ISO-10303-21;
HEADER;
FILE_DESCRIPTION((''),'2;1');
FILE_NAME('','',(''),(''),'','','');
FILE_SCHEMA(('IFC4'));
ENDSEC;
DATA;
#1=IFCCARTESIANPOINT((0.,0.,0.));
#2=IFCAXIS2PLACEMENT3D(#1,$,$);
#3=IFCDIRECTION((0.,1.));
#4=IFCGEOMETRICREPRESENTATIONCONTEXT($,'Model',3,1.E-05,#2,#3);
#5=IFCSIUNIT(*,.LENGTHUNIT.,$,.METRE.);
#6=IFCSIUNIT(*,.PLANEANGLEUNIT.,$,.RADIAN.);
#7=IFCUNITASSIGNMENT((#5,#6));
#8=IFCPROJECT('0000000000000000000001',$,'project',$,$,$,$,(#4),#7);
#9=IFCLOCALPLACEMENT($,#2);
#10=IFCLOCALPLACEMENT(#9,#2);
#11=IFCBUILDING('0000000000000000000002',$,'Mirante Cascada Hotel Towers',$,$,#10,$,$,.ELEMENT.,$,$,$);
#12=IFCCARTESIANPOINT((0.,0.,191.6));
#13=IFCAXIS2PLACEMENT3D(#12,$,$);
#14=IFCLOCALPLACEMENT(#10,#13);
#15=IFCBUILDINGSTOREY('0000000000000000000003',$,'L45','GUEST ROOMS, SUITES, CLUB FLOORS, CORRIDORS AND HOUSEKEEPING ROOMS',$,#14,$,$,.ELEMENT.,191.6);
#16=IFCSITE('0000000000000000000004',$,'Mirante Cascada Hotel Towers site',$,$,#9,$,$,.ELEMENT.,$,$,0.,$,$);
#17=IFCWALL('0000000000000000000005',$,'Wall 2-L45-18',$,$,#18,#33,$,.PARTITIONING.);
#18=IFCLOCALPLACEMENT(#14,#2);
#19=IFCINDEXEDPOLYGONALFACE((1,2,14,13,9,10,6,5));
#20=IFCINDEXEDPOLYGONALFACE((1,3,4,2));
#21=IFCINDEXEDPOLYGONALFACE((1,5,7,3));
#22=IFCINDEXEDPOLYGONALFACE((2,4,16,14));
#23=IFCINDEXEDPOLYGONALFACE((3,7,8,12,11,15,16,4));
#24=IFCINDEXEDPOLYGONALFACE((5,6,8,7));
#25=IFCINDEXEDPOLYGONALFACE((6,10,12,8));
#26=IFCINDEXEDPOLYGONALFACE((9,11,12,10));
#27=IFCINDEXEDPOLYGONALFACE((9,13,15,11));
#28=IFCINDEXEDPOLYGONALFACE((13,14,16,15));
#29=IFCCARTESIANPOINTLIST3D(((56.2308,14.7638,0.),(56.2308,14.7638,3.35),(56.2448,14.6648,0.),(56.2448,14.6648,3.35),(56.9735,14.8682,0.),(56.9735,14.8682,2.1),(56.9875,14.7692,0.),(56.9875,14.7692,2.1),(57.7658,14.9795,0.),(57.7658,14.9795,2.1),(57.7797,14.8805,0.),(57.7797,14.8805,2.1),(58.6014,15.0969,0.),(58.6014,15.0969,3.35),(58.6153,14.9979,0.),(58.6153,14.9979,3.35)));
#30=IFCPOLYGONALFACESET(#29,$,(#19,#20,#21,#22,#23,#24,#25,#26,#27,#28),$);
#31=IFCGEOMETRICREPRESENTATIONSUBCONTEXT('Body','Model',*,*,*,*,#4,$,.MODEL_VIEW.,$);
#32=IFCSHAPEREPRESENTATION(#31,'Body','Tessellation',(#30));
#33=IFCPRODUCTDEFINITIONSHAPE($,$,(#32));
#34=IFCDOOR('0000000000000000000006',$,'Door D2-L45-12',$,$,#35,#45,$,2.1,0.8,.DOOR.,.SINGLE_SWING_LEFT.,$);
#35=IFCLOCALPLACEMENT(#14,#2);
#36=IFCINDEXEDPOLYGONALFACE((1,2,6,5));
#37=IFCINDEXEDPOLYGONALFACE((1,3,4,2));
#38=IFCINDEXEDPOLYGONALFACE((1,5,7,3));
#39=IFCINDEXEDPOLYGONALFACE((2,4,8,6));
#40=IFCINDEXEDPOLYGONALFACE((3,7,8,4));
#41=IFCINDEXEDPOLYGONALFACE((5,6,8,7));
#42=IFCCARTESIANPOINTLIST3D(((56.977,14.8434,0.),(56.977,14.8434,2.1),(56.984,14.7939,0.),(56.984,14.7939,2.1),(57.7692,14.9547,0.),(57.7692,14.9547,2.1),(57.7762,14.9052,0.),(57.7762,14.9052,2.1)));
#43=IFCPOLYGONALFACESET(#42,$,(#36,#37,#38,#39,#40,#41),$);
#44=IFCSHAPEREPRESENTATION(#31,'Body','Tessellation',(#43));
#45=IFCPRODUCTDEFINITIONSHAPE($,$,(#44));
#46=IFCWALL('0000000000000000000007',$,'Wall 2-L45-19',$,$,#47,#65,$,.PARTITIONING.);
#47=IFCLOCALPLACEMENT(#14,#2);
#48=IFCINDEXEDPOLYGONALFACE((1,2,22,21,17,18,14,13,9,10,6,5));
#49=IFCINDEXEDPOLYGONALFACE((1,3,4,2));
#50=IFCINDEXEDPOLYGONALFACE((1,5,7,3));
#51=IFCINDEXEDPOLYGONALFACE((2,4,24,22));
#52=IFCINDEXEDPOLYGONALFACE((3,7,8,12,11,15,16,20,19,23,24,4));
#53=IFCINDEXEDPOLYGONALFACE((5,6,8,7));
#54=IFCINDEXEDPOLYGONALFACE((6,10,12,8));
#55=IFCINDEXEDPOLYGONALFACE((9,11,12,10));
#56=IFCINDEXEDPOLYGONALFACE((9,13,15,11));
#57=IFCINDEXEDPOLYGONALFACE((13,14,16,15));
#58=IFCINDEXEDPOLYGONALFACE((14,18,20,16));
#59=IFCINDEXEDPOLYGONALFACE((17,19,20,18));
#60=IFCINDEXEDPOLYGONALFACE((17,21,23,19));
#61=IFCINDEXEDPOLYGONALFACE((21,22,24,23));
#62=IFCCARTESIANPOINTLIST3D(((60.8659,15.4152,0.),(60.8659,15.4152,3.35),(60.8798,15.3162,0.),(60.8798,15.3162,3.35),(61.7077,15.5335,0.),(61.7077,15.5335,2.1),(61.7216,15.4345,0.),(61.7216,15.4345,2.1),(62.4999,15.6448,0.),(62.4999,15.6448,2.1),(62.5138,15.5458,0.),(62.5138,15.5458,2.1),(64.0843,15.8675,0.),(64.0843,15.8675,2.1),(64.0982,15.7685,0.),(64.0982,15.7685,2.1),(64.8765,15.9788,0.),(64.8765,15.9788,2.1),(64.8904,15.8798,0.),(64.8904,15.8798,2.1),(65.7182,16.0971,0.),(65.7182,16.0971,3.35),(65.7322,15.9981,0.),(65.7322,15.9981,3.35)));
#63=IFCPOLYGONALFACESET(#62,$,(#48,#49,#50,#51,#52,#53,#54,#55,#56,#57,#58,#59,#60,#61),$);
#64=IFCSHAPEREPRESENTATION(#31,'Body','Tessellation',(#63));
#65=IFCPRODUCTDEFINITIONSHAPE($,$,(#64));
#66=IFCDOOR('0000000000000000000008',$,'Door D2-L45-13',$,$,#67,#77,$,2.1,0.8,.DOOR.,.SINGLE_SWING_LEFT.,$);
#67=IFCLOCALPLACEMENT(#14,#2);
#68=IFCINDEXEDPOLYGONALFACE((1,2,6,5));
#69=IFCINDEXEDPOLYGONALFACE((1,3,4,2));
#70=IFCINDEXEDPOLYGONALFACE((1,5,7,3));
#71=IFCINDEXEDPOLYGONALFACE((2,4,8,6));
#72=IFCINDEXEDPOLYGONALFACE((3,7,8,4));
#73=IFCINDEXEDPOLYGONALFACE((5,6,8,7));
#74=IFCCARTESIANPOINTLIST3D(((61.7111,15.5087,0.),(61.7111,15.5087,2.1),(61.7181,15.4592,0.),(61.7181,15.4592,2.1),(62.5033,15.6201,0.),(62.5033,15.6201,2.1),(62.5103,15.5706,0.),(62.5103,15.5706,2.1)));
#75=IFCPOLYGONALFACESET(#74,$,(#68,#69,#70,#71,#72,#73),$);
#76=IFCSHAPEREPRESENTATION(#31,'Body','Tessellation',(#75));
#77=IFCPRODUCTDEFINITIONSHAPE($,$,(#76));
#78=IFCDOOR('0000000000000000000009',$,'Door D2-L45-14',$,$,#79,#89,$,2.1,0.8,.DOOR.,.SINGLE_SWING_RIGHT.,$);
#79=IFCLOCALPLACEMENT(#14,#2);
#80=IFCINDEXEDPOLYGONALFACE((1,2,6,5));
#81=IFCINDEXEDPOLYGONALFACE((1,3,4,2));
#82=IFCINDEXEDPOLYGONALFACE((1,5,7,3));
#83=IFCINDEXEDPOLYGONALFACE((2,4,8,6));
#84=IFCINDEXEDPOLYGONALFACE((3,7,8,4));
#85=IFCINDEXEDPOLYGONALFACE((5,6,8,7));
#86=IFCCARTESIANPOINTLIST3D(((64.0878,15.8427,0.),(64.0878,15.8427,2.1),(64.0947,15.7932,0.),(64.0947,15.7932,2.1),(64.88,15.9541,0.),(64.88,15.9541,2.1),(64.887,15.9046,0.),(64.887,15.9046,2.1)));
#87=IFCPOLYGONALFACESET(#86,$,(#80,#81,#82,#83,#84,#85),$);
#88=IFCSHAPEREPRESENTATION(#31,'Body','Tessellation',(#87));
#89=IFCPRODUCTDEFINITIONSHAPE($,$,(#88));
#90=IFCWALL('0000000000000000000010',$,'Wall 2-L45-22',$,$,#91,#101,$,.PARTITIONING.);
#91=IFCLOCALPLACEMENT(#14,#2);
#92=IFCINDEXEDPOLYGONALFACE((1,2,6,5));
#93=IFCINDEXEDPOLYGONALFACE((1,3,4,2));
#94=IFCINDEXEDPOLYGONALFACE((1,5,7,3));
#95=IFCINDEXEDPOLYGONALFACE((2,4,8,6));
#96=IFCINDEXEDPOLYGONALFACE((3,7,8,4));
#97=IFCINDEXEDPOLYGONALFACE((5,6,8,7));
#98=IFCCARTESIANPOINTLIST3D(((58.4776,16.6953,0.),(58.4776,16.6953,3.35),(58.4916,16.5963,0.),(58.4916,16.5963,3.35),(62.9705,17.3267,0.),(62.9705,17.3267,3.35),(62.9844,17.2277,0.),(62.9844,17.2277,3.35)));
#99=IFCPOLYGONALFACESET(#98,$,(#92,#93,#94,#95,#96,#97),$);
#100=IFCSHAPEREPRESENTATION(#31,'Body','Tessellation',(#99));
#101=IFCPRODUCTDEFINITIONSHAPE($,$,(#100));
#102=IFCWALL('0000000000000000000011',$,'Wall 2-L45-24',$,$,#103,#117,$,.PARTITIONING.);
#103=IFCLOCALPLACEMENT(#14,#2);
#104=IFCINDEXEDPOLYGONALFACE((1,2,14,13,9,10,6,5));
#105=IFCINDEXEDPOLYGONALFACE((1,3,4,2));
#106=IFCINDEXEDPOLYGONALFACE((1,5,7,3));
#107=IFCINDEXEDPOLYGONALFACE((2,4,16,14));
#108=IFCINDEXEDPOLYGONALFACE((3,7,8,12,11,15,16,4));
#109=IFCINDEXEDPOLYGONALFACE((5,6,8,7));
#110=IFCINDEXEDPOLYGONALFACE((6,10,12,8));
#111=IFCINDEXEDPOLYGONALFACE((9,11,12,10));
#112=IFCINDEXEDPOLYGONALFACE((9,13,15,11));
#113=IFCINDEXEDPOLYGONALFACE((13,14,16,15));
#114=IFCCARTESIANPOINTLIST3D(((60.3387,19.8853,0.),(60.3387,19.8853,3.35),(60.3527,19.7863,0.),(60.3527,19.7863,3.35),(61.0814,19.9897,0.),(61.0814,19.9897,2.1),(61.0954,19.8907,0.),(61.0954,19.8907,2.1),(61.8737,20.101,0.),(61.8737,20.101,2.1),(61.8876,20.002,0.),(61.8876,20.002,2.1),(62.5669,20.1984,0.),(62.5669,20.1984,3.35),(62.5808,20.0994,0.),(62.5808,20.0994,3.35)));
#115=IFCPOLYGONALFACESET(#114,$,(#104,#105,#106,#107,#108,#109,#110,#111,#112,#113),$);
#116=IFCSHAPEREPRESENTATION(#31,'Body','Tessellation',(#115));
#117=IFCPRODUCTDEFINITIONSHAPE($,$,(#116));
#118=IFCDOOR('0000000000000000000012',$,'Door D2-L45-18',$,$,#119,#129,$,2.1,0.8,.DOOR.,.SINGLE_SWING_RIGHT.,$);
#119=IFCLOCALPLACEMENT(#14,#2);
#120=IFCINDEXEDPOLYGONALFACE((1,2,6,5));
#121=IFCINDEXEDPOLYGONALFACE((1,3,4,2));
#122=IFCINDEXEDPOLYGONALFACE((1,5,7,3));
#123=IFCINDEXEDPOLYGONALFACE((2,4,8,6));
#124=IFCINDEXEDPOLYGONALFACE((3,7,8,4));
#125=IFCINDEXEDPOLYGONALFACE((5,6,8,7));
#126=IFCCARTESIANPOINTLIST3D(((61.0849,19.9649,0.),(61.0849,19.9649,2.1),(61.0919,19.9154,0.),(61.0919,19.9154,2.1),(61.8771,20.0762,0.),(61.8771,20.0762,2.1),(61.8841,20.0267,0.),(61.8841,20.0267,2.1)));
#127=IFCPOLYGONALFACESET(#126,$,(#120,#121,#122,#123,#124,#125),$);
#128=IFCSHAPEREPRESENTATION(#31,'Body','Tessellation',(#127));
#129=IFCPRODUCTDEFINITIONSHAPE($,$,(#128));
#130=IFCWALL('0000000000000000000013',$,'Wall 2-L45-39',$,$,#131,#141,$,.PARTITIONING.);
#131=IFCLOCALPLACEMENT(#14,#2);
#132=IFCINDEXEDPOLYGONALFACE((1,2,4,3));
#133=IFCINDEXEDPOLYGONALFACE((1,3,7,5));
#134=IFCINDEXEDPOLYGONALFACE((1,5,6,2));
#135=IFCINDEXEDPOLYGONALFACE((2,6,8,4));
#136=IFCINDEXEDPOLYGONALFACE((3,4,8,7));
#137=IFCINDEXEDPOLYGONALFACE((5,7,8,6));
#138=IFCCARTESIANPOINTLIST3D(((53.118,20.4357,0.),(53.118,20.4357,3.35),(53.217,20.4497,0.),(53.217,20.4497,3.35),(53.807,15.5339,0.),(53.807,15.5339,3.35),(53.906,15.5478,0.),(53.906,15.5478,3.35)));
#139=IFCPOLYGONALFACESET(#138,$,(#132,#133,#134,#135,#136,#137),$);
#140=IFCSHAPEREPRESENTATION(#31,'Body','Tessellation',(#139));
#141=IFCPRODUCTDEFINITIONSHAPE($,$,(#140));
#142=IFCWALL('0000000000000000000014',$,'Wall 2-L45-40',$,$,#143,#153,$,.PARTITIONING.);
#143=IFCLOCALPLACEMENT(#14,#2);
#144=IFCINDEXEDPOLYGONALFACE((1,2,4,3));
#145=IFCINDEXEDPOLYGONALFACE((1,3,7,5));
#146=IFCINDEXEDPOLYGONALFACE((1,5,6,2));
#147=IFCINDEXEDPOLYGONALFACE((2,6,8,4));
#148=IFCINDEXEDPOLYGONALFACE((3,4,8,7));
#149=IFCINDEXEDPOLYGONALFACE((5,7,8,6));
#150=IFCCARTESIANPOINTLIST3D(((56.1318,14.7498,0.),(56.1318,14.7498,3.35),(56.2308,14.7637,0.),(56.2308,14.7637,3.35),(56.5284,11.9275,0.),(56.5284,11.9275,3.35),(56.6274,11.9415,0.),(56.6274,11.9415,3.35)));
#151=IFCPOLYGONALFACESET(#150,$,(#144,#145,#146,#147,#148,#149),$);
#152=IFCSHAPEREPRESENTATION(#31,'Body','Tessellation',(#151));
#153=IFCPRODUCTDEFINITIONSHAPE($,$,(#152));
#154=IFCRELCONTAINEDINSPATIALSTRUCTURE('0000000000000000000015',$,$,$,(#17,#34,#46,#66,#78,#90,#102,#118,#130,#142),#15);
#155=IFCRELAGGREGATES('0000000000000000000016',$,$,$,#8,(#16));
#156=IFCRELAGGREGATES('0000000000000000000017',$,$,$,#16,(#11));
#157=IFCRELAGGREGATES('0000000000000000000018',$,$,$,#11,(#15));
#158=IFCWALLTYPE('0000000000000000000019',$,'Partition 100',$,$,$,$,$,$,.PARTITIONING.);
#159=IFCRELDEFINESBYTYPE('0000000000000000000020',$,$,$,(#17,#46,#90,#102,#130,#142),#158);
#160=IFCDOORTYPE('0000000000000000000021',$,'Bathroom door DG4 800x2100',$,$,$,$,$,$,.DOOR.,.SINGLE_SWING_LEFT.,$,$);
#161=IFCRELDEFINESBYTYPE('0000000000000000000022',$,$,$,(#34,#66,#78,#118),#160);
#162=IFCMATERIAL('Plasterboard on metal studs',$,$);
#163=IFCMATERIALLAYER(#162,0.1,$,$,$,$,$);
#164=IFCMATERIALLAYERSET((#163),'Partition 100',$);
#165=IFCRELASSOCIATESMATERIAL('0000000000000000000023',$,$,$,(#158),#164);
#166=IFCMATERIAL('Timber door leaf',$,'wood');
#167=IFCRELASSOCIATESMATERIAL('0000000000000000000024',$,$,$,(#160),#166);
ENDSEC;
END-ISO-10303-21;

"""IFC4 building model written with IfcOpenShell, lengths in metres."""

from ifc_helpers import new_model, si_unit, direction, frame, frame_2d, origin, place, context, subcontext, project, spatial, rectangle, extrude, material, layer, layer_set, type_object, element, fill, save


model = new_model("IFC4")

# Units and contexts
model_context = context("Model", 3, precision=1e-05, world=origin(), true_north=direction((0.0, 1.0)))
body_context = subcontext(model_context, "Body", "Model", "MODEL_VIEW")
ifc_project = project(units=[si_unit("LENGTHUNIT", "METRE"), si_unit("PLANEANGLEUNIT", "RADIAN")], contexts=[model_context])

# Site, building, storey
site_placement = place(None, origin())
site = spatial("IfcSite", under=ifc_project, at=site_placement, Name="Mirante Cascada Hotel Towers site", CompositionType="ELEMENT", RefElevation=0.0)
building_placement = place(site_placement, origin())
building = spatial("IfcBuilding", under=site, at=building_placement, Name="Mirante Cascada Hotel Towers", CompositionType="ELEMENT")
storey_placement = place(building_placement, frame((0.0, 0.0, 191.6)))
storey = spatial("IfcBuildingStorey", under=building, at=storey_placement, Name="L45", Description="GUEST ROOMS, SUITES, CLUB FLOORS, CORRIDORS AND HOUSEKEEPING ROOMS", CompositionType="ELEMENT", Elevation=191.6)

# Wall, opening, door
ifc_material_1 = material(Name="Plasterboard on metal studs")
ifc_layer_1 = layer(ifc_material_1, 0.1)
ifc_layer_set_1 = layer_set([ifc_layer_1], Name="Partition 100")
wall_type_1 = type_object("IfcWallType", Name="Partition 100", PredefinedType="PARTITIONING", material=ifc_layer_set_1)
wall_1_placement = place(storey_placement, frame((56.2378, 14.7143, 0.0), z_axis=(0.0, 0.0, 1.0), x_axis=(0.990271, 0.139152, 0.0)))
wall_1 = element("IfcWall", 1, at=wall_1_placement, inside=storey, type_object=wall_type_1, Name="Wall 2-L45-18", PredefinedType="PARTITIONING", context=body_context, shape_type="SweptSolid", body=[
    extrude(rectangle(XDim=2.3938, YDim=0.1, at=frame_2d((1.1969, 0.0))), origin(), (0.0, 0.0, 1.0), 3.35),
])
opening_1_placement = place(wall_1_placement, frame((0.75, 0.0, 0.0)))
opening_1 = element("IfcOpeningElement", 2, at=opening_1_placement, cuts=wall_1, PredefinedType="OPENING", context=body_context, shape_type="SweptSolid", body=[
    extrude(rectangle(XDim=0.8, YDim=2.1, at=frame_2d((0.4, 1.05))), frame((0.0, 0.05, 0.0), z_axis=(0.0, -1.0, 0.0), x_axis=(1.0, 0.0, 0.0)), (0.0, 0.0, 1.0), 0.1),
])
ifc_material_2 = material(Name="Timber door leaf", Category="wood")
door_type_1 = type_object("IfcDoorType", Name="Bathroom door DG4 800x2100", OperationType="SINGLE_SWING_LEFT", PredefinedType="DOOR", material=ifc_material_2)
door_1_placement = place(opening_1_placement, origin())
door_1 = element("IfcDoor", 3, at=door_1_placement, inside=storey, type_object=door_type_1, Name="Door D2-L45-12", OperationType="SINGLE_SWING_LEFT", OverallHeight=2.1, OverallWidth=0.8, PredefinedType="DOOR", context=body_context, shape_type="SweptSolid", body=[
    extrude(rectangle(XDim=0.8, YDim=2.1, at=frame_2d((0.4, 1.05))), frame((0.0, 0.025, 0.0), z_axis=(0.0, -1.0, 0.0), x_axis=(1.0, 0.0, 0.0)), (0.0, 0.0, 1.0), 0.05),
])
fill(opening_1, door_1)

# Wall, openings, doors
wall_2_placement = place(storey_placement, frame((65.7252, 16.0476, 0.0), z_axis=(0.0, 0.0, 1.0), x_axis=(-0.990269, -0.139164, 0.0)))
wall_2 = element("IfcWall", 4, at=wall_2_placement, inside=storey, type_object=wall_type_1, Name="Wall 2-L45-19", PredefinedType="PARTITIONING", context=body_context, shape_type="SweptSolid", body=[
    extrude(rectangle(XDim=4.9, YDim=0.1, at=frame_2d((2.45, 0.0))), origin(), (0.0, 0.0, 1.0), 3.35),
])
opening_2_placement = place(wall_2_placement, frame((3.25, 0.0, 0.0)))
opening_2 = element("IfcOpeningElement", 5, at=opening_2_placement, cuts=wall_2, PredefinedType="OPENING", context=body_context, shape_type="SweptSolid", body=[
    extrude(rectangle(XDim=0.8, YDim=2.1, at=frame_2d((0.4, 1.05))), frame((0.0, 0.05, 0.0), z_axis=(0.0, -1.0, 0.0), x_axis=(1.0, 0.0, 0.0)), (0.0, 0.0, 1.0), 0.1),
])
opening_3_placement = place(wall_2_placement, frame((0.85, 0.0, 0.0)))
opening_3 = element("IfcOpeningElement", 6, at=opening_3_placement, cuts=wall_2, PredefinedType="OPENING", context=body_context, shape_type="SweptSolid", body=[
    extrude(rectangle(XDim=0.8, YDim=2.1, at=frame_2d((0.4, 1.05))), frame((0.0, 0.05, 0.0), z_axis=(0.0, -1.0, 0.0), x_axis=(1.0, 0.0, 0.0)), (0.0, 0.0, 1.0), 0.1),
])
door_2_placement = place(opening_2_placement, origin())
door_2 = element("IfcDoor", 7, at=door_2_placement, inside=storey, type_object=door_type_1, Name="Door D2-L45-13", OperationType="SINGLE_SWING_LEFT", OverallHeight=2.1, OverallWidth=0.8, PredefinedType="DOOR", context=body_context, shape_type="SweptSolid", body=[
    extrude(rectangle(XDim=0.8, YDim=2.1, at=frame_2d((0.4, 1.05))), frame((0.0, 0.025, 0.0), z_axis=(0.0, -1.0, 0.0), x_axis=(1.0, 0.0, 0.0)), (0.0, 0.0, 1.0), 0.05),
])
fill(opening_2, door_2)
door_3_placement = place(opening_3_placement, frame((0.8, 0.0, 0.0), z_axis=(0.0, 0.0, 1.0), x_axis=(-1.0, 0.0, 0.0)))
door_3 = element("IfcDoor", 8, at=door_3_placement, inside=storey, type_object=door_type_1, Name="Door D2-L45-14", OperationType="SINGLE_SWING_RIGHT", OverallHeight=2.1, OverallWidth=0.8, PredefinedType="DOOR", context=body_context, shape_type="SweptSolid", body=[
    extrude(rectangle(XDim=0.8, YDim=2.1, at=frame_2d((0.4, 1.05))), frame((0.0, 0.025, 0.0), z_axis=(0.0, -1.0, 0.0), x_axis=(1.0, 0.0, 0.0)), (0.0, 0.0, 1.0), 0.05),
])
fill(opening_3, door_3)

# Wall
wall_3_placement = place(storey_placement, frame((58.4846, 16.6458, 0.0), z_axis=(0.0, 0.0, 1.0), x_axis=(0.990269, 0.139168, 0.0)))
element("IfcWall", 9, at=wall_3_placement, inside=storey, type_object=wall_type_1, Name="Wall 2-L45-22", PredefinedType="PARTITIONING", context=body_context, shape_type="SweptSolid", body=[
    extrude(rectangle(XDim=4.537, YDim=0.1, at=frame_2d((2.2685, 0.0))), origin(), (0.0, 0.0, 1.0), 3.35),
])

# Wall, opening, door
wall_4_placement = place(storey_placement, frame((60.3457, 19.8358, 0.0), z_axis=(0.0, 0.0, 1.0), x_axis=(0.990271, 0.139156, 0.0)))
wall_4 = element("IfcWall", 10, at=wall_4_placement, inside=storey, type_object=wall_type_1, Name="Wall 2-L45-24", PredefinedType="PARTITIONING", context=body_context, shape_type="SweptSolid", body=[
    extrude(rectangle(XDim=2.25, YDim=0.1, at=frame_2d((1.125, 0.0))), origin(), (0.0, 0.0, 1.0), 3.35),
])
opening_4_placement = place(wall_4_placement, frame((0.75, 0.0, 0.0)))
opening_4 = element("IfcOpeningElement", 11, at=opening_4_placement, cuts=wall_4, PredefinedType="OPENING", context=body_context, shape_type="SweptSolid", body=[
    extrude(rectangle(XDim=0.8, YDim=2.1, at=frame_2d((0.4, 1.05))), frame((0.0, 0.05, 0.0), z_axis=(0.0, -1.0, 0.0), x_axis=(1.0, 0.0, 0.0)), (0.0, 0.0, 1.0), 0.1),
])
door_4_placement = place(opening_4_placement, frame((0.8, 0.0, 0.0), z_axis=(0.0, 0.0, 1.0), x_axis=(-1.0, 0.0, 0.0)))
door_4 = element("IfcDoor", 12, at=door_4_placement, inside=storey, type_object=door_type_1, Name="Door D2-L45-18", OperationType="SINGLE_SWING_RIGHT", OverallHeight=2.1, OverallWidth=0.8, PredefinedType="DOOR", context=body_context, shape_type="SweptSolid", body=[
    extrude(rectangle(XDim=0.8, YDim=2.1, at=frame_2d((0.4, 1.05))), frame((0.0, 0.025, 0.0), z_axis=(0.0, -1.0, 0.0), x_axis=(1.0, 0.0, 0.0)), (0.0, 0.0, 1.0), 0.05),
])
fill(opening_4, door_4)

# Walls
wall_5_placement = place(storey_placement, frame((53.1675, 20.4427, 0.0), z_axis=(0.0, 0.0, 1.0), x_axis=(0.139192, -0.990265, 0.0)))
element("IfcWall", 13, at=wall_5_placement, inside=storey, type_object=wall_type_1, Name="Wall 2-L45-39", PredefinedType="PARTITIONING", context=body_context, shape_type="SweptSolid", body=[
    extrude(rectangle(XDim=4.95, YDim=0.1, at=frame_2d((2.475, 0.0))), origin(), (0.0, 0.0, 1.0), 3.35),
])
wall_6_placement = place(storey_placement, frame((56.5779, 11.9345, 0.0), z_axis=(0.0, 0.0, 1.0), x_axis=(-0.139156, 0.99027, 0.0)))
element("IfcWall", 14, at=wall_6_placement, inside=storey, type_object=wall_type_1, Name="Wall 2-L45-40", PredefinedType="PARTITIONING", context=body_context, shape_type="SweptSolid", body=[
    extrude(rectangle(XDim=2.85, YDim=0.1, at=frame_2d((1.425, 0.0))), origin(), (0.0, 0.0, 1.0), 3.35),
])

save(model, "model.ifc")
